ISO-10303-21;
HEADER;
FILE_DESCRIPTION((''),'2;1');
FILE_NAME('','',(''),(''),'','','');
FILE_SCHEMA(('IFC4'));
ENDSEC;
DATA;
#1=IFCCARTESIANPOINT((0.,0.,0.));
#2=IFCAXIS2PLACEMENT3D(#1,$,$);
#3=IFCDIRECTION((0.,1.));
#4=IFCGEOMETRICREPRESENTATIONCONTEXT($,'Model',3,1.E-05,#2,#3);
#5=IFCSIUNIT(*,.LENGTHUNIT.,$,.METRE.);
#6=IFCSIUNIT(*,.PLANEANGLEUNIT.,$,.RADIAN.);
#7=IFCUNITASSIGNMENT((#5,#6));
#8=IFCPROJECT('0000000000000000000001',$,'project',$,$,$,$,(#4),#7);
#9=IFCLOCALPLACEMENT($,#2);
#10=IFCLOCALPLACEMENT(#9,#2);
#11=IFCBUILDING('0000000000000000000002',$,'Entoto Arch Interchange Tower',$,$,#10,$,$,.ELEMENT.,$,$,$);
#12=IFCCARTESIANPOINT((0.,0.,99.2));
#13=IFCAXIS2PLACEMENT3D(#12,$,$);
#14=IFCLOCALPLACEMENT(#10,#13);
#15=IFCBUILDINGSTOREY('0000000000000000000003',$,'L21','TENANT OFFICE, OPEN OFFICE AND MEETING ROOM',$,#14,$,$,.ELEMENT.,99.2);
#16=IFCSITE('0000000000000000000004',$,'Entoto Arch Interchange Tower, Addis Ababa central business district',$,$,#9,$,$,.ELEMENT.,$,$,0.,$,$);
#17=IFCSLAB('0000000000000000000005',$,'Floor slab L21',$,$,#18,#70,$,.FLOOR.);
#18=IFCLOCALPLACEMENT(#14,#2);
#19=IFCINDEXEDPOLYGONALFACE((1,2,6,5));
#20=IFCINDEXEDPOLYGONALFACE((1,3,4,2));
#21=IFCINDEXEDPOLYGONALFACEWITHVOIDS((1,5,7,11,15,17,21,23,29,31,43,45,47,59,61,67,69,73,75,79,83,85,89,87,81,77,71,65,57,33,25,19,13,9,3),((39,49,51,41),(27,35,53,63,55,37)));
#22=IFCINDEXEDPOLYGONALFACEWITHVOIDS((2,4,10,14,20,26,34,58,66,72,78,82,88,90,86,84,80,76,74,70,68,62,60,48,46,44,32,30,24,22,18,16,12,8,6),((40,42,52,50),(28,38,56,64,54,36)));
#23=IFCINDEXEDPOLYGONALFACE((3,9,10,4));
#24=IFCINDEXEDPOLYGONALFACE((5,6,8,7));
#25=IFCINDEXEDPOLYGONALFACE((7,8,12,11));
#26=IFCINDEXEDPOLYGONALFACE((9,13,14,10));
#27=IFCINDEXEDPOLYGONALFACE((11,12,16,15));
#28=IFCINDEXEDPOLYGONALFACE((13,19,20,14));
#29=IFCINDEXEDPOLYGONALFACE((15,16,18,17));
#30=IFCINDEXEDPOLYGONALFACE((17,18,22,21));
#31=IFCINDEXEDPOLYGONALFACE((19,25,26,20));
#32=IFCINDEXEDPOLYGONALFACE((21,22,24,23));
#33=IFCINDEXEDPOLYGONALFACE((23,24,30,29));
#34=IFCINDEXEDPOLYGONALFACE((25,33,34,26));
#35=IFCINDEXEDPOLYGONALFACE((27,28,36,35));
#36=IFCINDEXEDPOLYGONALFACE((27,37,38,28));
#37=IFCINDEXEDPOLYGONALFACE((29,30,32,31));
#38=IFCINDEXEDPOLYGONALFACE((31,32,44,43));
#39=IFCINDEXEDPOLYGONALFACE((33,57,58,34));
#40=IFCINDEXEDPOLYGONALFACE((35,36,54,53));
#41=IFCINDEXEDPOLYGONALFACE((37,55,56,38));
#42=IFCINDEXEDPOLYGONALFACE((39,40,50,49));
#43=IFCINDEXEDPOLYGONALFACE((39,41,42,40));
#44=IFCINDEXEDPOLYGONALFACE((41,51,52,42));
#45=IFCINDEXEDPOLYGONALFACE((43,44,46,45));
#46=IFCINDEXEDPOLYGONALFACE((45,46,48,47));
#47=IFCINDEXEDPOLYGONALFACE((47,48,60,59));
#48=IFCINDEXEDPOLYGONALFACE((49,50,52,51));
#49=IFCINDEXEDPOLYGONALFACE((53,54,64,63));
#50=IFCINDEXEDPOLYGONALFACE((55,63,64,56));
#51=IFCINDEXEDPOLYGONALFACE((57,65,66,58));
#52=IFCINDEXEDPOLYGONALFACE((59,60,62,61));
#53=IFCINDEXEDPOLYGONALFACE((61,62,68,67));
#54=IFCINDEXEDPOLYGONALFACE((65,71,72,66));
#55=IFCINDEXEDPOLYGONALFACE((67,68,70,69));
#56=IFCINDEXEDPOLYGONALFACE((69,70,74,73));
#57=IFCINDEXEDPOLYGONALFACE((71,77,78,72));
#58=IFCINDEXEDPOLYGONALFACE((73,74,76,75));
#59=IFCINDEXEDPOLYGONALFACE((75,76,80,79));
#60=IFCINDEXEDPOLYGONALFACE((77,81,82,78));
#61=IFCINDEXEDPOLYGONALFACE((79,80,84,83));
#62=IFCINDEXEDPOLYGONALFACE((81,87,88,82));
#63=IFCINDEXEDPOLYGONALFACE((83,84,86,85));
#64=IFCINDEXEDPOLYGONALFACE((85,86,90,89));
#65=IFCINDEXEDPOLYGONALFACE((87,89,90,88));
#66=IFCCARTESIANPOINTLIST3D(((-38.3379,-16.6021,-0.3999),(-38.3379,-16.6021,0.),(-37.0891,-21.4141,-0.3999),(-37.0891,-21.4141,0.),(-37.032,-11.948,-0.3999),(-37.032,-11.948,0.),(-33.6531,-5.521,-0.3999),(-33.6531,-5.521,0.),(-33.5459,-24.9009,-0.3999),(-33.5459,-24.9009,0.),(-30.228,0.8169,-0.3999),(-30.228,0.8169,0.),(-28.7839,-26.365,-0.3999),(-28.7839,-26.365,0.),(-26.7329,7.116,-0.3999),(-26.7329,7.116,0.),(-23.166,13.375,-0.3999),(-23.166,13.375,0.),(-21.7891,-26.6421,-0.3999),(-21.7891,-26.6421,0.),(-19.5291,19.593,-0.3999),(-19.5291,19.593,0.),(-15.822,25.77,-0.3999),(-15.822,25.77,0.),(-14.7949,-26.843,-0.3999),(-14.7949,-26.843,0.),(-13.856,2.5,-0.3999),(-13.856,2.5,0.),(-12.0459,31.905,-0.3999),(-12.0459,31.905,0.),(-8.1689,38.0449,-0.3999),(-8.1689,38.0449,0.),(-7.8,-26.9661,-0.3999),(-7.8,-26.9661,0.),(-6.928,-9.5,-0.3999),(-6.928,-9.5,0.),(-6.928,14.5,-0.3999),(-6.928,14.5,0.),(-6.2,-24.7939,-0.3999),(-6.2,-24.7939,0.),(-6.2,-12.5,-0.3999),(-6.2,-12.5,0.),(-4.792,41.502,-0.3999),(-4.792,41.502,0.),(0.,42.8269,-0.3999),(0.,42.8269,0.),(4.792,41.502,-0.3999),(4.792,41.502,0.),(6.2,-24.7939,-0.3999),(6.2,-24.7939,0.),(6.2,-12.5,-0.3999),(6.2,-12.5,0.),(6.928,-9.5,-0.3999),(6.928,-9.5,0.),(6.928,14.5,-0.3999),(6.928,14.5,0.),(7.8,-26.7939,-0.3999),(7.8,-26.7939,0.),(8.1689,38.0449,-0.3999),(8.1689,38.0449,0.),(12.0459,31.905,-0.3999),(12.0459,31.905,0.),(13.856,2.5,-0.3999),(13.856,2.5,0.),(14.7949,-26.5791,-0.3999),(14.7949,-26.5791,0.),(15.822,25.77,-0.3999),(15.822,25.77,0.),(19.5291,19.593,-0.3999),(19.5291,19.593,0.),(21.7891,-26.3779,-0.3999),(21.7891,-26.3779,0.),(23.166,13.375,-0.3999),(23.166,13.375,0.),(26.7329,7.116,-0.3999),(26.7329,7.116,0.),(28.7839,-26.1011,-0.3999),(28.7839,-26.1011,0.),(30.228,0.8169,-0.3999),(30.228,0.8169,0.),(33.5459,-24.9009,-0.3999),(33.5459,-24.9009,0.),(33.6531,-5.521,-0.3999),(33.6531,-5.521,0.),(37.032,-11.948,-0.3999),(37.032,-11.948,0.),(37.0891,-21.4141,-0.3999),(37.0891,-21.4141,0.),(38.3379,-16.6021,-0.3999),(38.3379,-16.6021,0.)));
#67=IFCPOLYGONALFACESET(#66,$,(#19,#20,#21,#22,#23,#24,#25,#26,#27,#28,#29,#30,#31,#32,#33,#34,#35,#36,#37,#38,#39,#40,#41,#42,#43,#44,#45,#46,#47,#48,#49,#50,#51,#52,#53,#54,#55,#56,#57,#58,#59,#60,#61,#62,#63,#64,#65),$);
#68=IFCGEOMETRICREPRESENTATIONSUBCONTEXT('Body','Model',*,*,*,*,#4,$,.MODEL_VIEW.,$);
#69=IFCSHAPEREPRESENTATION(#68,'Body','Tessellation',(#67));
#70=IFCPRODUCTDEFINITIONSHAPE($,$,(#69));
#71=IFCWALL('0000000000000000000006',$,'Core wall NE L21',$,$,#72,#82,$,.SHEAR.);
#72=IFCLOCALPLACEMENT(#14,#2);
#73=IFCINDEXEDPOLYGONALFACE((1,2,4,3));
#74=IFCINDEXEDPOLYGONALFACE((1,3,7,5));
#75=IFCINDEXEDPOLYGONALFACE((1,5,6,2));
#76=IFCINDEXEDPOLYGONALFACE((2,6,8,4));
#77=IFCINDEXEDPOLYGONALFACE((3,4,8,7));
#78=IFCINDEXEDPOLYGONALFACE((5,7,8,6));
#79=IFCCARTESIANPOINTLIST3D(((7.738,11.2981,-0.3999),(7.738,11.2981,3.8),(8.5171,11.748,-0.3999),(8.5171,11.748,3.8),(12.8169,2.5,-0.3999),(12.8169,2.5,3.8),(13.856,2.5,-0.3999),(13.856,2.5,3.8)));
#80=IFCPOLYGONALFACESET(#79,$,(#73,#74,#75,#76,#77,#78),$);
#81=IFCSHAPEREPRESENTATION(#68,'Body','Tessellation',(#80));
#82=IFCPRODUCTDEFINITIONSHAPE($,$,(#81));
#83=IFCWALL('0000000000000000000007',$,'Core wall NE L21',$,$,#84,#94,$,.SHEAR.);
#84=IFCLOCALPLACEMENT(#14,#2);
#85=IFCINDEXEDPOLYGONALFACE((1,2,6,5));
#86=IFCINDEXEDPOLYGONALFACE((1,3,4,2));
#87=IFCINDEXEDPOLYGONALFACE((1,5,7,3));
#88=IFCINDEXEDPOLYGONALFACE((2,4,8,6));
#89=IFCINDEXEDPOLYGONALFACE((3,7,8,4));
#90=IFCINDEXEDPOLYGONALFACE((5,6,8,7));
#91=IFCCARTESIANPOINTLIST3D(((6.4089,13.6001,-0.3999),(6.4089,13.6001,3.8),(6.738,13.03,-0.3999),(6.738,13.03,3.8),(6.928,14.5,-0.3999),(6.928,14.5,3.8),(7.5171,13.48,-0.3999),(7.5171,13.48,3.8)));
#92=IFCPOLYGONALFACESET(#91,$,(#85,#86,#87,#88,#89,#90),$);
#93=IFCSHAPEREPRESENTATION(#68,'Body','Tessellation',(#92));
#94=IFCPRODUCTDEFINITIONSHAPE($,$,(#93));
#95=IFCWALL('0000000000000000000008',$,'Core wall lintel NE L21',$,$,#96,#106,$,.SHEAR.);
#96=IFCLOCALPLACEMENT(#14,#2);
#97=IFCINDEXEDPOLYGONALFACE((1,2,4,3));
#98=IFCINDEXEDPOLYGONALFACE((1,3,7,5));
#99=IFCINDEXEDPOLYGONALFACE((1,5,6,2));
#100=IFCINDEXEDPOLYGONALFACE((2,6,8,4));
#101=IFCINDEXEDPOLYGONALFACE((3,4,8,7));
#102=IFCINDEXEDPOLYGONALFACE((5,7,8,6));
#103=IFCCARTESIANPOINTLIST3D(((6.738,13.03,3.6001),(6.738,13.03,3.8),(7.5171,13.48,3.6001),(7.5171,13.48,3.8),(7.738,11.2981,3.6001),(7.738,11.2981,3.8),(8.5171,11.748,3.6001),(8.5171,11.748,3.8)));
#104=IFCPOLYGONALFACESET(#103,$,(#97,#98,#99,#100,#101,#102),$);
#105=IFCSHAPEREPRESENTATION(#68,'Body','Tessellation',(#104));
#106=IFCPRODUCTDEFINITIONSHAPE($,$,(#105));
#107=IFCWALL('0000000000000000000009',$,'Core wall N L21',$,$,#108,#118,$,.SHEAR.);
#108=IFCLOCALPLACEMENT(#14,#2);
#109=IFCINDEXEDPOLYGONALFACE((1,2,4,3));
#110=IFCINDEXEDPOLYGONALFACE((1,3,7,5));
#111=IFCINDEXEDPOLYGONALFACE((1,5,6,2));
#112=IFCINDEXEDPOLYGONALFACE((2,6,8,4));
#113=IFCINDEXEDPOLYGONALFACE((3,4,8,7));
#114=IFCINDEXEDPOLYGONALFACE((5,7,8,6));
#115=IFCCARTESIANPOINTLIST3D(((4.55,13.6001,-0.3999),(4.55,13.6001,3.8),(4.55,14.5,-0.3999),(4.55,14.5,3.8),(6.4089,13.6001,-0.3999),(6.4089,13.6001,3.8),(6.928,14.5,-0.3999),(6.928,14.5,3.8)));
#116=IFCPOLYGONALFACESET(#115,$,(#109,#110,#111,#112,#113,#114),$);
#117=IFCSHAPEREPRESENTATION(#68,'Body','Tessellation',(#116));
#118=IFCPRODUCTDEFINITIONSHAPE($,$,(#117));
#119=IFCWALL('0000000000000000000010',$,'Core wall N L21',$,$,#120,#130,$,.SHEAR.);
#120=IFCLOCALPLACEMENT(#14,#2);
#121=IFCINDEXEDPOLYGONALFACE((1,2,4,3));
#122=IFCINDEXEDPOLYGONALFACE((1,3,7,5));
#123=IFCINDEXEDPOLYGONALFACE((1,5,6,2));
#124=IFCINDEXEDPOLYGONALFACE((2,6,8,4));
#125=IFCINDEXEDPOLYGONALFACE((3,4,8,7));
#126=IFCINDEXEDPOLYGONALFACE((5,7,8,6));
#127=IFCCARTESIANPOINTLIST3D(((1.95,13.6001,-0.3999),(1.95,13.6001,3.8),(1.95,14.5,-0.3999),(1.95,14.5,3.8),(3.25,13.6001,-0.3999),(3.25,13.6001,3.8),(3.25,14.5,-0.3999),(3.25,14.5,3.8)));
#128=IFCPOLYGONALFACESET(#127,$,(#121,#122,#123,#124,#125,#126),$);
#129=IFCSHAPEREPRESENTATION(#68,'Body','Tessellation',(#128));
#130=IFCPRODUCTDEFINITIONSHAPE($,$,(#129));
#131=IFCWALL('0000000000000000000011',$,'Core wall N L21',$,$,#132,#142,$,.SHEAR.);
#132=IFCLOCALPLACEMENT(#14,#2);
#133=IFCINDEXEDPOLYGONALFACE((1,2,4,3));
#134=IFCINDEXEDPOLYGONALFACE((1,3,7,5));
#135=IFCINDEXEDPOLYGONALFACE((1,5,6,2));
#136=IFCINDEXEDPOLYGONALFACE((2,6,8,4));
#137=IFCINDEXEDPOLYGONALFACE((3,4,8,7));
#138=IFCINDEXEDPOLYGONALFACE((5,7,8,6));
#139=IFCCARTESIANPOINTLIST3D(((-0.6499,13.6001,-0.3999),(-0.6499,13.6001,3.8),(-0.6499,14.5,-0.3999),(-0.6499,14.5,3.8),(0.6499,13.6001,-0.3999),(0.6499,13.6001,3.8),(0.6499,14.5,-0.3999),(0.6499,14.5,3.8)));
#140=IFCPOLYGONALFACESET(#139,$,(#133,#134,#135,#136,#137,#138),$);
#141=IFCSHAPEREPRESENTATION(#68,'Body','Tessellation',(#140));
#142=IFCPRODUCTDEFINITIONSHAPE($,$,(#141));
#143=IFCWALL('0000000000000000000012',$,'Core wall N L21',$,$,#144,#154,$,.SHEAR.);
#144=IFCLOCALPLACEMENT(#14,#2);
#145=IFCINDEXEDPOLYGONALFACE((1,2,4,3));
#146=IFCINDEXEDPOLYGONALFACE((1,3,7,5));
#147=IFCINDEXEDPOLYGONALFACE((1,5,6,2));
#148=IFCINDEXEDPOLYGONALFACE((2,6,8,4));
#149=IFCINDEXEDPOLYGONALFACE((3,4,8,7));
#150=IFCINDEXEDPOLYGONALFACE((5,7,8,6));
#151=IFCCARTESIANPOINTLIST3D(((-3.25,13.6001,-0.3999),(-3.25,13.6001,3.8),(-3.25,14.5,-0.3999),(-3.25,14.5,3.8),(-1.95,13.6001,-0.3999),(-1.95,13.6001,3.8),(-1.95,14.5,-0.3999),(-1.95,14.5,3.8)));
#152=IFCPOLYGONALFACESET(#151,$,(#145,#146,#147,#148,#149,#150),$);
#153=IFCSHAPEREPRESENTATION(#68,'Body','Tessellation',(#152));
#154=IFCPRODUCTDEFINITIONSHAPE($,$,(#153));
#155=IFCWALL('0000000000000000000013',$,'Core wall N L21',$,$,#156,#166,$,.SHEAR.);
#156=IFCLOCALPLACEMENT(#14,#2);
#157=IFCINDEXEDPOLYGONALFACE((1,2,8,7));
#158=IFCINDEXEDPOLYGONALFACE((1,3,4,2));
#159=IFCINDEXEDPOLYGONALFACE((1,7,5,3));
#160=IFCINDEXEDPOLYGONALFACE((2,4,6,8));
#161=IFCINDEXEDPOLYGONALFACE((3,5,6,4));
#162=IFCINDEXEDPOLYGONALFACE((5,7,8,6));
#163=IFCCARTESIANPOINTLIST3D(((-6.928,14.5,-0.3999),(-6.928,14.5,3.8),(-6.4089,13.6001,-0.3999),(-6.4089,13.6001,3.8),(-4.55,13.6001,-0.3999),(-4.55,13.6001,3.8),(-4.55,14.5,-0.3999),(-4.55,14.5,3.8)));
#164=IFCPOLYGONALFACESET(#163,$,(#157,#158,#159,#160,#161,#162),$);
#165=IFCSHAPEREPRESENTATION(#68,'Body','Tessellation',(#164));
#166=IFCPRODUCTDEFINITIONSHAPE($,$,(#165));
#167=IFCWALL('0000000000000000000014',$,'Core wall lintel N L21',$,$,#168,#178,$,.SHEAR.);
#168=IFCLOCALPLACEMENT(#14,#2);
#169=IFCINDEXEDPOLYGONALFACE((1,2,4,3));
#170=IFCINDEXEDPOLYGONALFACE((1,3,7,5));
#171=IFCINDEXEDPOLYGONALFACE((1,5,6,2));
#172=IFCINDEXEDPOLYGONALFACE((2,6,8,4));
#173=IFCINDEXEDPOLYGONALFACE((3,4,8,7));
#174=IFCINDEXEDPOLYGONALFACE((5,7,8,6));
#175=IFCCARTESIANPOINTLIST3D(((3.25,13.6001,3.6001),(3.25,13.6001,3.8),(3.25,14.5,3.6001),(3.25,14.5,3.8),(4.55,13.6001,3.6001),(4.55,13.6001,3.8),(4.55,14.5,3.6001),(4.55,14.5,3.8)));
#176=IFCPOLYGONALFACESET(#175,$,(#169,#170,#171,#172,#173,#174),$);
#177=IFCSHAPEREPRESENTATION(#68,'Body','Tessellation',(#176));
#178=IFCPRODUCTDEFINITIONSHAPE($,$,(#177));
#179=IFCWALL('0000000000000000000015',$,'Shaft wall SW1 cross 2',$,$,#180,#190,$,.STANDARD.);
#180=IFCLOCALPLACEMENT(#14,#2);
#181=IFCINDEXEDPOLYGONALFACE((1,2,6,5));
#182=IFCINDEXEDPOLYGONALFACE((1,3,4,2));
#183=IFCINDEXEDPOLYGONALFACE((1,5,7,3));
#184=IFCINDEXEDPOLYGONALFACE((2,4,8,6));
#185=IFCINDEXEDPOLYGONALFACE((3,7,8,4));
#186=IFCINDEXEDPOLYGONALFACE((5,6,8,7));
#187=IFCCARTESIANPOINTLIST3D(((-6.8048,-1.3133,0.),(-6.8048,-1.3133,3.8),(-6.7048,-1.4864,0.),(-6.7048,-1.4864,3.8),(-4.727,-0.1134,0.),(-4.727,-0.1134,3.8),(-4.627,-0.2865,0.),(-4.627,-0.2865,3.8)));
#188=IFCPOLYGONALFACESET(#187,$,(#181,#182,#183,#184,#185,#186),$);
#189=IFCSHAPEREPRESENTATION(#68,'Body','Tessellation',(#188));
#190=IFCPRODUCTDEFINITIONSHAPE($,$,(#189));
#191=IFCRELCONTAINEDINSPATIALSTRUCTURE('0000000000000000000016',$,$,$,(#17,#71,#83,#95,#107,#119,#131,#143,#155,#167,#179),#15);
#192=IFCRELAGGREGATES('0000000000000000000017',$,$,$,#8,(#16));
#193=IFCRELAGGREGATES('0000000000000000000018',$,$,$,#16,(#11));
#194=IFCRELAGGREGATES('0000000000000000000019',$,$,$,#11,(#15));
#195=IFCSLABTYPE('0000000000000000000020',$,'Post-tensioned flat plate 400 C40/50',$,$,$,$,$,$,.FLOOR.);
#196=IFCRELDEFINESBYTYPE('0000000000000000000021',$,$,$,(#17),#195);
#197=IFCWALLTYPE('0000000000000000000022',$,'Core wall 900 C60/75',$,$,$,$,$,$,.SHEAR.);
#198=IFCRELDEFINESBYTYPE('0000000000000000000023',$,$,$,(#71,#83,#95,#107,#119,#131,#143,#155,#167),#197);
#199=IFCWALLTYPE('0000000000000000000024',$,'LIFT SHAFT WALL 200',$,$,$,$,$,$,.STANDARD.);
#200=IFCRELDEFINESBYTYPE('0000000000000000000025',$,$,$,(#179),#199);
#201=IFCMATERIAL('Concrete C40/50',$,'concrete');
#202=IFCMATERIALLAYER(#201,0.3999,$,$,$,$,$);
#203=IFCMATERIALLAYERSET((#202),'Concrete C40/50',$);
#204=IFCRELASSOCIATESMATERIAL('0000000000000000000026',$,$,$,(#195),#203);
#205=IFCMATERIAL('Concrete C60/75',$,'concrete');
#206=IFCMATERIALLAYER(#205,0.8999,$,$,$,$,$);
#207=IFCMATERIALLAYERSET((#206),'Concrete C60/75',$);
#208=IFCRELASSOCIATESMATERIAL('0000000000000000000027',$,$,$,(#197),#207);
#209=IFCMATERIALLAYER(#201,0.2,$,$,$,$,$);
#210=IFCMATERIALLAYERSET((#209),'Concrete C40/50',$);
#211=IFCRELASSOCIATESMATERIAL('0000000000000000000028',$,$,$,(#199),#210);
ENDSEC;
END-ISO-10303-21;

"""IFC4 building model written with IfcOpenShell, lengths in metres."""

from ifc_helpers import new_model, si_unit, direction, frame, frame_2d, origin, place, context, subcontext, project, spatial, polyline, rectangle, outline, extrude, material, layer, layer_set, type_object, element, save


model = new_model("IFC4")

# Units and contexts
model_context = context("Model", 3, precision=1e-05, world=origin(), true_north=direction((0.0, 1.0)))
body_context = subcontext(model_context, "Body", "Model", "MODEL_VIEW")
ifc_project = project(units=[si_unit("LENGTHUNIT", "METRE"), si_unit("PLANEANGLEUNIT", "RADIAN")], contexts=[model_context])

# Site, building, storey
site_placement = place(None, origin())
site = spatial("IfcSite", under=ifc_project, at=site_placement, Name="Entoto Arch Interchange Tower, Addis Ababa central business district", CompositionType="ELEMENT", RefElevation=0.0)
building_placement = place(site_placement, origin())
building = spatial("IfcBuilding", under=site, at=building_placement, Name="Entoto Arch Interchange Tower", CompositionType="ELEMENT")
storey_placement = place(building_placement, frame((0.0, 0.0, 99.2)))
storey = spatial("IfcBuildingStorey", under=building, at=storey_placement, Name="L21", Description="TENANT OFFICE, OPEN OFFICE AND MEETING ROOM", CompositionType="ELEMENT", Elevation=99.2)

# Slab
ifc_material_1 = material(Name="Concrete C40/50", Category="concrete")
ifc_layer_1 = layer(ifc_material_1, 0.3999)
ifc_layer_set_1 = layer_set([ifc_layer_1], Name="Concrete C40/50")
slab_type = type_object("IfcSlabType", Name="Post-tensioned flat plate 400 C40/50", PredefinedType="FLOOR", material=ifc_layer_set_1)
slab_placement = place(storey_placement, frame((0.0, 0.0, -0.3999)))
element("IfcSlab", 1, at=slab_placement, inside=storey, type_object=slab_type, Name="Floor slab L21", PredefinedType="FLOOR", context=body_context, shape_type="SweptSolid", body=[
    extrude(outline(polyline([(-28.7839, -26.365), (-21.7891, -26.6421), (-14.7949, -26.843), (-7.8, -26.9661), (7.8, -26.7939), (14.7949, -26.5791), (21.7891, -26.3779), (28.7839, -26.1011), (33.5459, -24.9009), (37.0891, -21.4141), (38.3379, -16.6021), (37.032, -11.948), (33.6531, -5.521), (30.228, 0.8169), (26.7329, 7.116), (23.166, 13.375), (19.5291, 19.593), (15.822, 25.77), (12.0459, 31.905), (8.1689, 38.0449), (4.792, 41.502), (0.0, 42.8269), (-4.792, 41.502), (-8.1689, 38.0449), (-12.0459, 31.905), (-15.822, 25.77), (-19.5291, 19.593), (-23.166, 13.375), (-26.7329, 7.116), (-30.228, 0.8169), (-33.6531, -5.521), (-37.032, -11.948), (-38.3379, -16.6021), (-37.0891, -21.4141), (-33.5459, -24.9009), (-28.7839, -26.365)]), holes=[polyline([(6.2, -24.7939), (6.2, -12.5), (-6.2, -12.5), (-6.2, -24.7939), (6.2, -24.7939)]), polyline([(13.856, 2.5), (6.928, 14.5), (-6.928, 14.5), (-13.856, 2.5), (-6.928, -9.5), (6.928, -9.5), (13.856, 2.5)])]), origin(), (0.0, 0.0, 1.0), 0.3999),
])

# Walls
ifc_material_2 = material(Name="Concrete C60/75", Category="concrete")
ifc_layer_2 = layer(ifc_material_2, 0.8999)
ifc_layer_set_2 = layer_set([ifc_layer_2], Name="Concrete C60/75")
wall_type_1 = type_object("IfcWallType", Name="Core wall 900 C60/75", PredefinedType="SHEAR", material=ifc_layer_set_2)
wall_1_placement = place(storey_placement, frame((0.0, 0.0, -0.3999)))
element("IfcWall", 2, at=wall_1_placement, inside=storey, type_object=wall_type_1, Name="Core wall NE L21", PredefinedType="SHEAR", context=body_context, shape_type="SweptSolid", body=[
    extrude(outline(polyline([(8.5171, 11.748), (7.738, 11.2981), (12.8169, 2.5), (13.856, 2.5), (8.5171, 11.748)])), origin(), (0.0, 0.0, 1.0), 4.2),
])
wall_2_placement = place(storey_placement, frame((0.0, 0.0, -0.3999)))
element("IfcWall", 3, at=wall_2_placement, inside=storey, type_object=wall_type_1, Name="Core wall NE L21", PredefinedType="SHEAR", context=body_context, shape_type="SweptSolid", body=[
    extrude(outline(polyline([(6.738, 13.03), (7.5171, 13.48), (6.928, 14.5), (6.4089, 13.6001), (6.738, 13.03)])), origin(), (0.0, 0.0, 1.0), 4.2),
])
wall_3_placement = place(storey_placement, frame((0.0, 0.0, 3.6001)))
element("IfcWall", 4, at=wall_3_placement, inside=storey, type_object=wall_type_1, Name="Core wall lintel NE L21", PredefinedType="SHEAR", context=body_context, shape_type="SweptSolid", body=[
    extrude(outline(polyline([(7.5171, 13.48), (6.738, 13.03), (7.738, 11.2981), (8.5171, 11.748), (7.5171, 13.48)])), origin(), (0.0, 0.0, 1.0), 0.2),
])
wall_4_placement = place(storey_placement, frame((0.0, 0.0, -0.3999)))
element("IfcWall", 5, at=wall_4_placement, inside=storey, type_object=wall_type_1, Name="Core wall N L21", PredefinedType="SHEAR", context=body_context, shape_type="SweptSolid", body=[
    extrude(outline(polyline([(4.55, 14.5), (4.55, 13.6001), (6.4089, 13.6001), (6.928, 14.5), (4.55, 14.5)])), origin(), (0.0, 0.0, 1.0), 4.2),
])
wall_5_placement = place(storey_placement, frame((0.0, 0.0, -0.3999)))
element("IfcWall", 6, at=wall_5_placement, inside=storey, type_object=wall_type_1, Name="Core wall N L21", PredefinedType="SHEAR", context=body_context, shape_type="SweptSolid", body=[
    extrude(outline(polyline([(1.95, 14.5), (1.95, 13.6001), (3.25, 13.6001), (3.25, 14.5), (1.95, 14.5)])), origin(), (0.0, 0.0, 1.0), 4.2),
])
wall_6_placement = place(storey_placement, frame((0.0, 0.0, -0.3999)))
element("IfcWall", 7, at=wall_6_placement, inside=storey, type_object=wall_type_1, Name="Core wall N L21", PredefinedType="SHEAR", context=body_context, shape_type="SweptSolid", body=[
    extrude(outline(polyline([(-0.6499, 14.5), (-0.6499, 13.6001), (0.6499, 13.6001), (0.6499, 14.5), (-0.6499, 14.5)])), origin(), (0.0, 0.0, 1.0), 4.2),
])
wall_7_placement = place(storey_placement, frame((0.0, 0.0, -0.3999)))
element("IfcWall", 8, at=wall_7_placement, inside=storey, type_object=wall_type_1, Name="Core wall N L21", PredefinedType="SHEAR", context=body_context, shape_type="SweptSolid", body=[
    extrude(outline(polyline([(-3.25, 14.5), (-3.25, 13.6001), (-1.95, 13.6001), (-1.95, 14.5), (-3.25, 14.5)])), origin(), (0.0, 0.0, 1.0), 4.2),
])
wall_8_placement = place(storey_placement, frame((0.0, 0.0, -0.3999)))
element("IfcWall", 9, at=wall_8_placement, inside=storey, type_object=wall_type_1, Name="Core wall N L21", PredefinedType="SHEAR", context=body_context, shape_type="SweptSolid", body=[
    extrude(outline(polyline([(-4.55, 13.6001), (-4.55, 14.5), (-6.928, 14.5), (-6.4089, 13.6001), (-4.55, 13.6001)])), origin(), (0.0, 0.0, 1.0), 4.2),
])
wall_9_placement = place(storey_placement, frame((0.0, 0.0, 3.6001)))
element("IfcWall", 10, at=wall_9_placement, inside=storey, type_object=wall_type_1, Name="Core wall lintel N L21", PredefinedType="SHEAR", context=body_context, shape_type="SweptSolid", body=[
    extrude(outline(polyline([(3.25, 14.5), (3.25, 13.6001), (4.55, 13.6001), (4.55, 14.5), (3.25, 14.5)])), origin(), (0.0, 0.0, 1.0), 0.2),
])
ifc_layer_3 = layer(ifc_material_1, 0.2)
ifc_layer_set_3 = layer_set([ifc_layer_3], Name="Concrete C40/50")
wall_type_2 = type_object("IfcWallType", Name="LIFT SHAFT WALL 200", PredefinedType="STANDARD", material=ifc_layer_set_3)
wall_10_placement = place(storey_placement, frame((-4.677, -0.2, 0.0), z_axis=(0.0, 0.0, 1.0), x_axis=(-0.865974, -0.500089, 0.0)))
element("IfcWall", 11, at=wall_10_placement, inside=storey, type_object=wall_type_2, Name="Shaft wall SW1 cross 2", PredefinedType="STANDARD", context=body_context, shape_type="SweptSolid", body=[
    extrude(rectangle(XDim=2.3994, YDim=0.2, at=frame_2d((1.1997, 0.0))), origin(), (0.0, 0.0, 1.0), 3.8),
])

save(model, "model.ifc")
